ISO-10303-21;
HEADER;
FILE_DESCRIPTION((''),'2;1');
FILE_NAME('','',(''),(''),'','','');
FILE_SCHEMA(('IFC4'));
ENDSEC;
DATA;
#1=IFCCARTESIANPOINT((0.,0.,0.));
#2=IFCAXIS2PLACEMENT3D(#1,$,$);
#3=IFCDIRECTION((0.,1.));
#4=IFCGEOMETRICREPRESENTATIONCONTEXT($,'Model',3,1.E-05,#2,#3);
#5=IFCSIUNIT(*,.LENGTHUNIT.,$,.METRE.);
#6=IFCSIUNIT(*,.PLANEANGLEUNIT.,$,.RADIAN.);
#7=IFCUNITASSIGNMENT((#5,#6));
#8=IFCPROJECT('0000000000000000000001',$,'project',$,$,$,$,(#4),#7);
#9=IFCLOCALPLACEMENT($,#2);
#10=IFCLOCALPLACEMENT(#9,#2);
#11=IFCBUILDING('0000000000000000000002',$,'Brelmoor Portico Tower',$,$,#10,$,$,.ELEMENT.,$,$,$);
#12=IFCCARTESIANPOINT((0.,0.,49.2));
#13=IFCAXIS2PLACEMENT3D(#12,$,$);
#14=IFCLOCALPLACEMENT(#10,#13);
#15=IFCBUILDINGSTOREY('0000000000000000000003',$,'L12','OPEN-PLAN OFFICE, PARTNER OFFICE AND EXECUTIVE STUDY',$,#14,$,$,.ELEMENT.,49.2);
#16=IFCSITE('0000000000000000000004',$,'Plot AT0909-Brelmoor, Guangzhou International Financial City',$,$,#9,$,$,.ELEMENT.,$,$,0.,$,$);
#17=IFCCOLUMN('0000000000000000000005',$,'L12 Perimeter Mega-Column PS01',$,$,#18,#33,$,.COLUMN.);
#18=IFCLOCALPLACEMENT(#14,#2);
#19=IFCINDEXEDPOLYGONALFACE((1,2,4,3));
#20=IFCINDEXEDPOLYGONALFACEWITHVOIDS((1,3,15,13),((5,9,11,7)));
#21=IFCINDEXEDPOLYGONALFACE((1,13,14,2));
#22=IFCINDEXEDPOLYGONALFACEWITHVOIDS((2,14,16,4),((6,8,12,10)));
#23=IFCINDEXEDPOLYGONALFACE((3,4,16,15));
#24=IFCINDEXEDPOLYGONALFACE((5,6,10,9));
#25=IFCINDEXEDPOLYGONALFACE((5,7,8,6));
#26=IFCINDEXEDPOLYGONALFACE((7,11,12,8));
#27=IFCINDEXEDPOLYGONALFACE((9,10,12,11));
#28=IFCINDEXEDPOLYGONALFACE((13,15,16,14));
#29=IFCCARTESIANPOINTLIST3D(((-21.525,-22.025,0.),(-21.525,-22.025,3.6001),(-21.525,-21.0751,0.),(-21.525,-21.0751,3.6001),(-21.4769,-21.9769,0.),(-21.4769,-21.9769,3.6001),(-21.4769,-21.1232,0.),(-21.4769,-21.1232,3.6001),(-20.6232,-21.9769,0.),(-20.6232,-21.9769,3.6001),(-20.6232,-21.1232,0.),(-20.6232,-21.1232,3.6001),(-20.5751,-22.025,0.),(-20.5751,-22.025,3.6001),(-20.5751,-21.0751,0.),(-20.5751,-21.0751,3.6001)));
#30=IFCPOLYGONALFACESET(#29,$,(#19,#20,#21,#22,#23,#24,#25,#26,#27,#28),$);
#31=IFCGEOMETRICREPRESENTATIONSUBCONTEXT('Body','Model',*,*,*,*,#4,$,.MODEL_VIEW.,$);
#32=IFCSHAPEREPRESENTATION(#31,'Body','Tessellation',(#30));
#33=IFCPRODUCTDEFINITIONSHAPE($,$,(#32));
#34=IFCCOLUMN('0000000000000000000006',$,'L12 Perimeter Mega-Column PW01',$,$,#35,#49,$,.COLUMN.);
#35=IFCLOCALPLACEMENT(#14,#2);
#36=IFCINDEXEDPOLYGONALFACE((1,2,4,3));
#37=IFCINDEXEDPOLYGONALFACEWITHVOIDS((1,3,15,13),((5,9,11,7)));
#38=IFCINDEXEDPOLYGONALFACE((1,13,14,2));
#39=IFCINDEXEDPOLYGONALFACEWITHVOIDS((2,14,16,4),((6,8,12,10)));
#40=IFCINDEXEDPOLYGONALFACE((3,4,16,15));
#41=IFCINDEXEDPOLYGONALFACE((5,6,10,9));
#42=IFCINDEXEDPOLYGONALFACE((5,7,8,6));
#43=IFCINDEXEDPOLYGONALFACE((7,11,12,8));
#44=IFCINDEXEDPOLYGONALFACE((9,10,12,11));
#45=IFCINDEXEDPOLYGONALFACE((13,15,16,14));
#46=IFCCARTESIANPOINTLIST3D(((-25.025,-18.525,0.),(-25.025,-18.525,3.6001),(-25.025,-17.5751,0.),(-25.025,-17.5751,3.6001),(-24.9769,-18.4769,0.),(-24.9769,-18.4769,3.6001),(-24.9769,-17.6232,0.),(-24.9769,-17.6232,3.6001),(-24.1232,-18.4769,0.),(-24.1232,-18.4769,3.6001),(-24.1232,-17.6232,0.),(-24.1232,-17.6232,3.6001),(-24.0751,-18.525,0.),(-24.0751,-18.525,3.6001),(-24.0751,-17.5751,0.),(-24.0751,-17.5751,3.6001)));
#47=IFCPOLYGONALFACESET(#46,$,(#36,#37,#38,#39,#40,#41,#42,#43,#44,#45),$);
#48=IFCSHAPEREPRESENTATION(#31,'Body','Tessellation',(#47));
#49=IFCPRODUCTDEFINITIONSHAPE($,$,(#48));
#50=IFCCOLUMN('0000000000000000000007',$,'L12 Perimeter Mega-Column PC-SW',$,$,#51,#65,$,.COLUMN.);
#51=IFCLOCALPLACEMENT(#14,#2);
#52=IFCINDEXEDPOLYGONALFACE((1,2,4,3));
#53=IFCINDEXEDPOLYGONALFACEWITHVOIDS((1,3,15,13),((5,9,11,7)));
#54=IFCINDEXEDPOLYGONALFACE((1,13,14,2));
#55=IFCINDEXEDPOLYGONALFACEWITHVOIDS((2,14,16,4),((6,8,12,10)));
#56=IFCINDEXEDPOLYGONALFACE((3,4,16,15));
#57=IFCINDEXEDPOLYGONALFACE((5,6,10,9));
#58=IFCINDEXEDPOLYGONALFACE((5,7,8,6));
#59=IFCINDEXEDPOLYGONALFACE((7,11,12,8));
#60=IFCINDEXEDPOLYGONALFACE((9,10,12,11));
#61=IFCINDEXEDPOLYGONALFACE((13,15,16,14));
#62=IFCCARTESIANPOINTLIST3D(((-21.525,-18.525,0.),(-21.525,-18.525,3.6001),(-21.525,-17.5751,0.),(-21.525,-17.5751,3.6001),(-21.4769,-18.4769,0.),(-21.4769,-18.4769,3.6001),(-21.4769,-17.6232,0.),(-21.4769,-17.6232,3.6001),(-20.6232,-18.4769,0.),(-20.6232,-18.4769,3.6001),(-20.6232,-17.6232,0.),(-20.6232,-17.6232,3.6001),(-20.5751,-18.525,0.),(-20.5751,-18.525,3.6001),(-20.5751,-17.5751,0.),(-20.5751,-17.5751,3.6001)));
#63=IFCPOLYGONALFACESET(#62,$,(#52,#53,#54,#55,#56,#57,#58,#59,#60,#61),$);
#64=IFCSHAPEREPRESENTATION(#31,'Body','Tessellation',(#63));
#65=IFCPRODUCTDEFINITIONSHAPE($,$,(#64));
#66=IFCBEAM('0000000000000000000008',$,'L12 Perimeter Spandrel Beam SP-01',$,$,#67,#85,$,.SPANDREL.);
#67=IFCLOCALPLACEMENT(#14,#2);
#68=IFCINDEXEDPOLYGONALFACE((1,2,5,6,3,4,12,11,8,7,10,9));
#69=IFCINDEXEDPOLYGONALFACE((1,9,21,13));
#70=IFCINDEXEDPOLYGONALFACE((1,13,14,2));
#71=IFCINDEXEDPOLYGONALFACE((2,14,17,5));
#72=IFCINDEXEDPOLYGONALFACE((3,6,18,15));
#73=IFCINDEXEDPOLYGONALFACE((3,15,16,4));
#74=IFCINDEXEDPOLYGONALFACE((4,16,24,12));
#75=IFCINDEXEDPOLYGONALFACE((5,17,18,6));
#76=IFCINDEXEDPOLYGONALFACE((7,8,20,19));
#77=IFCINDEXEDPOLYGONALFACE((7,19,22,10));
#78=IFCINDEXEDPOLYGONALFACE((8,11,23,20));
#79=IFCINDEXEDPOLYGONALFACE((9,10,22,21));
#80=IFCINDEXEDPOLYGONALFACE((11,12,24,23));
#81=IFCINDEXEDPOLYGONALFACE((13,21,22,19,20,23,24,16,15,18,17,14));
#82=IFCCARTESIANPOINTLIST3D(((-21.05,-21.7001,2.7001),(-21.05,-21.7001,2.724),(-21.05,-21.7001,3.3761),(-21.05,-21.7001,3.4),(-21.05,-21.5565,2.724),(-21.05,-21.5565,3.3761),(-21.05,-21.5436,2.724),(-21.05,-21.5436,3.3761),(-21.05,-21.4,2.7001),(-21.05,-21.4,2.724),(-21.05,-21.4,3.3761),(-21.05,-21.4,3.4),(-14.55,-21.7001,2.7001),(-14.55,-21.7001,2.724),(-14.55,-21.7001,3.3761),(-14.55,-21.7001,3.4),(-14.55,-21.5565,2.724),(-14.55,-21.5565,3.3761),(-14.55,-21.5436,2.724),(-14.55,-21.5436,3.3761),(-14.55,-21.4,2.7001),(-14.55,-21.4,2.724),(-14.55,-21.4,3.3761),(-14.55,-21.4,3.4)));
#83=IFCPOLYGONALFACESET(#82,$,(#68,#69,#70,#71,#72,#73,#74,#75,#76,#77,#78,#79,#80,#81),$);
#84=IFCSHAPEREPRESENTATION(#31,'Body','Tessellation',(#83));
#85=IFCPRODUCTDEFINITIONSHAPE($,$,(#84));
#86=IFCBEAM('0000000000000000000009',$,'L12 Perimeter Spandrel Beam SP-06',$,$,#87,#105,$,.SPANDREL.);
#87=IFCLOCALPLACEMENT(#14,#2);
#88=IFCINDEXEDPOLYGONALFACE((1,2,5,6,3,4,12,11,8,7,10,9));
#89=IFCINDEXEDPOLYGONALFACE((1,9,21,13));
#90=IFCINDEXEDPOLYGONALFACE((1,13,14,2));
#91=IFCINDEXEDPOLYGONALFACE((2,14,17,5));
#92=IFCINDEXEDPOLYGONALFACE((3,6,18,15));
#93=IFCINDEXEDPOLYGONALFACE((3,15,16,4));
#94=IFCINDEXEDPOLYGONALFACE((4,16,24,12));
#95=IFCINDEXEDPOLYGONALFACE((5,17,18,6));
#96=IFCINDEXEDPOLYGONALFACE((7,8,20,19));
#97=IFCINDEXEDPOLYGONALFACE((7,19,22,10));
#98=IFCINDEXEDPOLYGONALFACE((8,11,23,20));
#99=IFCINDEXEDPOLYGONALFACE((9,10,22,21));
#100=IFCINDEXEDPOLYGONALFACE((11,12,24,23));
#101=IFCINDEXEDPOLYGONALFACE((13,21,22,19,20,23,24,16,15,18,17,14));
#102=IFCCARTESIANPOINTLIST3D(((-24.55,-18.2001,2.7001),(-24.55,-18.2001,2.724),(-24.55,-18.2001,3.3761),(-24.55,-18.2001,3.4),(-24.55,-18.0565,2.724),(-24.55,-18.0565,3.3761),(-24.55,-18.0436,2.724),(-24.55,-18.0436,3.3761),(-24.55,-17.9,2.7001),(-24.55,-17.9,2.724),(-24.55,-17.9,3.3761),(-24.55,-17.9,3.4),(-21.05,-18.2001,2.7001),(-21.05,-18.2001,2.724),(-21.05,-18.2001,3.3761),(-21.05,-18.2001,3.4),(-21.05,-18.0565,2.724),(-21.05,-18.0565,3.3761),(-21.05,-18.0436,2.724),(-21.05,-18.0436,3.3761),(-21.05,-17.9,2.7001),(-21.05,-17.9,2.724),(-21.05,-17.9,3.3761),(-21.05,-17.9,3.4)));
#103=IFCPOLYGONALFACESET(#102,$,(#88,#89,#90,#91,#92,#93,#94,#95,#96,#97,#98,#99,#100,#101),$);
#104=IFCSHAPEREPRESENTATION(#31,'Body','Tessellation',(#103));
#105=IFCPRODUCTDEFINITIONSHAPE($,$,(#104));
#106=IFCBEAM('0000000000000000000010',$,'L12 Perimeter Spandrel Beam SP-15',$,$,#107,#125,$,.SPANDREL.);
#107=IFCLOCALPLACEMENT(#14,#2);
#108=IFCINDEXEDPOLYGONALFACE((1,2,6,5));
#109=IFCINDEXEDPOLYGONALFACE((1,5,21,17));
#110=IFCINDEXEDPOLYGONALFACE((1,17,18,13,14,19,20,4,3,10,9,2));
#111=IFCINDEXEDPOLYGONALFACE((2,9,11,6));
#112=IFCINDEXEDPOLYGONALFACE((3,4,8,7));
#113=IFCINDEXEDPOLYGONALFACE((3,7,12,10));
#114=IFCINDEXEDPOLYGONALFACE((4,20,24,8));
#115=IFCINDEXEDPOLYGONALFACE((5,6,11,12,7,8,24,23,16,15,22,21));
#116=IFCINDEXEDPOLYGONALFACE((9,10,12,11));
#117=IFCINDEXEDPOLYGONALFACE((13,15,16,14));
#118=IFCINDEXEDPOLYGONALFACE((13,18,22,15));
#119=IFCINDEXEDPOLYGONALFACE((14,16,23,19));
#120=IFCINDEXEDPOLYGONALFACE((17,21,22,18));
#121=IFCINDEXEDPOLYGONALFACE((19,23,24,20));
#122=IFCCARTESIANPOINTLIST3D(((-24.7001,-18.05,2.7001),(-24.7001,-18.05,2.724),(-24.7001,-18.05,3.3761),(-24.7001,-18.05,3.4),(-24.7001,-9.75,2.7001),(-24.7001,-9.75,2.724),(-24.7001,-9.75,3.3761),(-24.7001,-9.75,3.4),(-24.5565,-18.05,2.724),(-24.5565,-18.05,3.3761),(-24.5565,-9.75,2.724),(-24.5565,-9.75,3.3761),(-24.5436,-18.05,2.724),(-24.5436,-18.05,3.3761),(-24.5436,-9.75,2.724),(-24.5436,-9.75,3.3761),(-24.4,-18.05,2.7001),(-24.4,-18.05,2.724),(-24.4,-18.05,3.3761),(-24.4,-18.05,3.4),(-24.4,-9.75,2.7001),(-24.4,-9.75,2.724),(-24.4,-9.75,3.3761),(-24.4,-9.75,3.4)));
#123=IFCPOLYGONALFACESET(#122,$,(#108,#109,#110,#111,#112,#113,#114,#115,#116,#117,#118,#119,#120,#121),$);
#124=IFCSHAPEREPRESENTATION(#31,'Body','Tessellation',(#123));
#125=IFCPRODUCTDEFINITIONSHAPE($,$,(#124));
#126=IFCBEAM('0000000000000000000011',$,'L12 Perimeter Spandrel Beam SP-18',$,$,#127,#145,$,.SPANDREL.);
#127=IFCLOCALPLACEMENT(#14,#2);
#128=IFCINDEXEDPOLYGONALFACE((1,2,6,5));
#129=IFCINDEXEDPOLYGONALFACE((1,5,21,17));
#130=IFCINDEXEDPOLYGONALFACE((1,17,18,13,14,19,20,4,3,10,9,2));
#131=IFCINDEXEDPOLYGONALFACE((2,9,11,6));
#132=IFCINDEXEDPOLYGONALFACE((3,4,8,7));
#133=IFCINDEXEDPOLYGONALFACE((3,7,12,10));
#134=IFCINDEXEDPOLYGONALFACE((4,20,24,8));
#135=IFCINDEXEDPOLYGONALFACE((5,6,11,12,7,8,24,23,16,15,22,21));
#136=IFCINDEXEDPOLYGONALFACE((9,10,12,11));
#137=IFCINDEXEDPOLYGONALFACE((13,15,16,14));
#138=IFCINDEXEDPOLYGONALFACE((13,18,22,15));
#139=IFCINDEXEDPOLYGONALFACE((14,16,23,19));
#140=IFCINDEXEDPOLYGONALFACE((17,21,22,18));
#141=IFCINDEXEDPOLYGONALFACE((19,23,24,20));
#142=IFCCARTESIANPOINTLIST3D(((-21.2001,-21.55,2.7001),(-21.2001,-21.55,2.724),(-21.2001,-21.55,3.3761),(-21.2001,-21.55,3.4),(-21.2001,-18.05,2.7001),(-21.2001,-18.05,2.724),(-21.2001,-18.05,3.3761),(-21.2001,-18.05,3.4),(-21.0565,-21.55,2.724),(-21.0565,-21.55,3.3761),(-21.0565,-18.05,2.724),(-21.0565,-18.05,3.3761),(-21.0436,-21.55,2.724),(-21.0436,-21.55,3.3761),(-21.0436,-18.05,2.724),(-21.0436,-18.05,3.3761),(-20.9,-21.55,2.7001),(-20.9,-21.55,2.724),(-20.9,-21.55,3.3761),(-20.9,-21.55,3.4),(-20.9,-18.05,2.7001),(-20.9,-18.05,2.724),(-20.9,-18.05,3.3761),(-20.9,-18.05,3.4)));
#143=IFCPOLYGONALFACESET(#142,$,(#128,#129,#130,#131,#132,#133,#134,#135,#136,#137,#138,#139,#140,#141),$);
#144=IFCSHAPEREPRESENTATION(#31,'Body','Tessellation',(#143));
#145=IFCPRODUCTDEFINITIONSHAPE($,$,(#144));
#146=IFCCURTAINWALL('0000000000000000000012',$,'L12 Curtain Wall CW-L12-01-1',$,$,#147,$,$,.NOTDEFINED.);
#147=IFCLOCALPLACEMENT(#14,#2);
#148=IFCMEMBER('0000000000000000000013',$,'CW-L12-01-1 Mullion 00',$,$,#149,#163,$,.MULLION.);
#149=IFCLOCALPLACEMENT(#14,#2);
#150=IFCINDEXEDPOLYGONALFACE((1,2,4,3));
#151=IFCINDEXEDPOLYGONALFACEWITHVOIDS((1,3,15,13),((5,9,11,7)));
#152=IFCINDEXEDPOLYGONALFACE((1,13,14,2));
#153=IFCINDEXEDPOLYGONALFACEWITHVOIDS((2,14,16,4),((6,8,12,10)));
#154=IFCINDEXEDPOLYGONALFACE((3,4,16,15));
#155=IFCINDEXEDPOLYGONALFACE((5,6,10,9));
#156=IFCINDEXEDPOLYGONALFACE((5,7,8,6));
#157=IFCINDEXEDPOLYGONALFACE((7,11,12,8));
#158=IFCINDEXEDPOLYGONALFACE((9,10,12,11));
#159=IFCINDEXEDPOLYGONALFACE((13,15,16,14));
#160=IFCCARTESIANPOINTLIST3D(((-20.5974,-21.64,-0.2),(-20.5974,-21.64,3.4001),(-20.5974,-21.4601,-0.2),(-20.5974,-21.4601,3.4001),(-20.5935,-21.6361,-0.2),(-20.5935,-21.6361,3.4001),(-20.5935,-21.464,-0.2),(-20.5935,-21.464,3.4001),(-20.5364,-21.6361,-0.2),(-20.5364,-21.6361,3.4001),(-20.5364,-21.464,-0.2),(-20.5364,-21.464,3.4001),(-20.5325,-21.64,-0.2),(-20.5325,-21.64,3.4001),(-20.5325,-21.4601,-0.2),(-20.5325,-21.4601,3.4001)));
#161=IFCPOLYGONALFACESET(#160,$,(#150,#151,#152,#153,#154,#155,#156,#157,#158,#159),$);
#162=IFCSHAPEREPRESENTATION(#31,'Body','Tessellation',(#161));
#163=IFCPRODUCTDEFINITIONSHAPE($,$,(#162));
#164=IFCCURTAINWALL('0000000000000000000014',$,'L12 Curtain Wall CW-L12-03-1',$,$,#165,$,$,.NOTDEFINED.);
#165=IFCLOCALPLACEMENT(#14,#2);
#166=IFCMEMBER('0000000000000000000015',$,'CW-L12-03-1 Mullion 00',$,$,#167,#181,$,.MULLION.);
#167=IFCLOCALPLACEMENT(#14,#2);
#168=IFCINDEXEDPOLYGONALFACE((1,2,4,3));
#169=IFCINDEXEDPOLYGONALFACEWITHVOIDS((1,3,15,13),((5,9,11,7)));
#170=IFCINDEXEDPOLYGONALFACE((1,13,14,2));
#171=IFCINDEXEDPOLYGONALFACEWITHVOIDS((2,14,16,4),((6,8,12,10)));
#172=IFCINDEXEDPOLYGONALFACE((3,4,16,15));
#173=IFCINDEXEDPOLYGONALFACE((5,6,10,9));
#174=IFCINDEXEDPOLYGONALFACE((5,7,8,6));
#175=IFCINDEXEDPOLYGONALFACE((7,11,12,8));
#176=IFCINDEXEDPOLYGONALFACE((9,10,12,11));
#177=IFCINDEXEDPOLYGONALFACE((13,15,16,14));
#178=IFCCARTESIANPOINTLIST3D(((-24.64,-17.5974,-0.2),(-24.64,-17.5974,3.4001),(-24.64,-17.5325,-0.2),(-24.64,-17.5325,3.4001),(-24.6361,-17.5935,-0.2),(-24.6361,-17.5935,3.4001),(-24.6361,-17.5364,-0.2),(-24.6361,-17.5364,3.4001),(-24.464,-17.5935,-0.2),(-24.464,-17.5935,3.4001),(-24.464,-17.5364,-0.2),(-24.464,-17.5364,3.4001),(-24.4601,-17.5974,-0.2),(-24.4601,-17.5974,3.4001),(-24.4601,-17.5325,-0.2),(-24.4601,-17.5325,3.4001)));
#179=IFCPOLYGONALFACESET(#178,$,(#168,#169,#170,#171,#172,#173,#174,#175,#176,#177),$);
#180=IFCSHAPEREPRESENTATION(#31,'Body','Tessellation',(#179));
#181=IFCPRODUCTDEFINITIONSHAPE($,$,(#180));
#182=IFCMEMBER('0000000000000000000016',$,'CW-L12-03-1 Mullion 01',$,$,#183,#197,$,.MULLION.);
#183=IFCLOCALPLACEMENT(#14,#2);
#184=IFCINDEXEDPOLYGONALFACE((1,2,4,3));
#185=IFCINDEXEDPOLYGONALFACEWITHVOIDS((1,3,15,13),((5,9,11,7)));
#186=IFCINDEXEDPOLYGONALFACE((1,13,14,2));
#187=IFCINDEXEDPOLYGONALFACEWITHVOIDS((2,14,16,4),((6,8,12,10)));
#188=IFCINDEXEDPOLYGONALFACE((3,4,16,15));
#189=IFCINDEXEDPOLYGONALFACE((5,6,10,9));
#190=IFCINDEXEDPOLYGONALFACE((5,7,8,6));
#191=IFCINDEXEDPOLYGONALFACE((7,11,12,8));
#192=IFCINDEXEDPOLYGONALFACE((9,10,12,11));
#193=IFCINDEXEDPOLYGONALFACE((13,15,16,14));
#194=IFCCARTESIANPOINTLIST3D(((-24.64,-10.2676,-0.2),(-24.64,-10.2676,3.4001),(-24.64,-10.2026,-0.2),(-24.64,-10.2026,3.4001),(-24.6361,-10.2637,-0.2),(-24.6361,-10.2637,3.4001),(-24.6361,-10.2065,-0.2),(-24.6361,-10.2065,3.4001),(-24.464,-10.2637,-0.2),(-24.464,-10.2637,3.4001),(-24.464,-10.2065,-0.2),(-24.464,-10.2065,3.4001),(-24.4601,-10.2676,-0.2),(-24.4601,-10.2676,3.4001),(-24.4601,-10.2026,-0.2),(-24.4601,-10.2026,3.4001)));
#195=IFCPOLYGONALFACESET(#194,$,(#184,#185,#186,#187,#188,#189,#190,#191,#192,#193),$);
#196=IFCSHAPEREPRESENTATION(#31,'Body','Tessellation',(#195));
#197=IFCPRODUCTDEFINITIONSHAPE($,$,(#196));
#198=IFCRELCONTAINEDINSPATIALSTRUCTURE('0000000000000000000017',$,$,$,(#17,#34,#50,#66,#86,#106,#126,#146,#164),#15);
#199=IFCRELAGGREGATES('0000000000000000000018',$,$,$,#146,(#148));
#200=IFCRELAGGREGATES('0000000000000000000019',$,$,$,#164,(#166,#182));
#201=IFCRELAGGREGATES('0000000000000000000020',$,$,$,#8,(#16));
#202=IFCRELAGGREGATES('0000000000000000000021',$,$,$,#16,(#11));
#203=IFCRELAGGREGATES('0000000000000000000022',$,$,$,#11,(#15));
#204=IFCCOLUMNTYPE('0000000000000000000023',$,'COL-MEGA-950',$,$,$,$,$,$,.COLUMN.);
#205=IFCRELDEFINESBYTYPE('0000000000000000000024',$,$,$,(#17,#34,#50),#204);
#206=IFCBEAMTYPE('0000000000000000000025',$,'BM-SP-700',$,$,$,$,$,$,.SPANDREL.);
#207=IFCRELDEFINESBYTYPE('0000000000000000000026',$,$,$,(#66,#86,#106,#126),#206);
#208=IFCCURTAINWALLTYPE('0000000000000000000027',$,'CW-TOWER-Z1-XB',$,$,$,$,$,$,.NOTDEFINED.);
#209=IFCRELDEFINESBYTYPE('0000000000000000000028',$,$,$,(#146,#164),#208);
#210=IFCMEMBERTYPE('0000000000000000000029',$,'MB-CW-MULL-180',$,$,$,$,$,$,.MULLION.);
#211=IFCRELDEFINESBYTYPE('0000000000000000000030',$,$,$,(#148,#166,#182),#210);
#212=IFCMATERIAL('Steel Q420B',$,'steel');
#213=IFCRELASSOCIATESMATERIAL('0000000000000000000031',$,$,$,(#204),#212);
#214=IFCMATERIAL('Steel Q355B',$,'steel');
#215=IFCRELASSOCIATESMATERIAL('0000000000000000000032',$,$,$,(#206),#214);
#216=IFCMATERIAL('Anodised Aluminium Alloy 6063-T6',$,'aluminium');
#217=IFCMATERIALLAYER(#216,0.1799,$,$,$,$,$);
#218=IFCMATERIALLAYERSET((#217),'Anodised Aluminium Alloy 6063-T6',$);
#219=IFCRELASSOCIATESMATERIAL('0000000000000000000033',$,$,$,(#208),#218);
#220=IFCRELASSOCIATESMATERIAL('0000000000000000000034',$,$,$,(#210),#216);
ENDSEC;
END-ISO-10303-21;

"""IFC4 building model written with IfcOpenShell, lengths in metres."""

from ifc_helpers import new_model, si_unit, direction, frame, origin, origin_2d, place, context, subcontext, project, spatial, hollow_rectangle, i_section, extrude, material, layer, layer_set, material_profile, profile_set, type_object, element, aggregate, save


model = new_model("IFC4")

# Units and contexts
model_context = context("Model", 3, precision=1e-05, world=origin(), true_north=direction((0.0, 1.0)))
body_context = subcontext(model_context, "Body", "Model", "MODEL_VIEW")
ifc_project = project(units=[si_unit("LENGTHUNIT", "METRE"), si_unit("PLANEANGLEUNIT", "RADIAN")], contexts=[model_context])

# Site, building, storey
site_placement = place(None, origin())
site = spatial("IfcSite", under=ifc_project, at=site_placement, Name="Plot AT0909-Brelmoor, Guangzhou International Financial City", CompositionType="ELEMENT", RefElevation=0.0)
building_placement = place(site_placement, origin())
building = spatial("IfcBuilding", under=site, at=building_placement, Name="Brelmoor Portico Tower", CompositionType="ELEMENT")
storey_placement = place(building_placement, frame((0.0, 0.0, 49.2)))
storey = spatial("IfcBuildingStorey", under=building, at=storey_placement, Name="L12", Description="OPEN-PLAN OFFICE, PARTNER OFFICE AND EXECUTIVE STUDY", CompositionType="ELEMENT", Elevation=49.2)

# Columns
ifc_material_1 = material(Name="Steel Q420B", Category="steel")
ifc_material_profile_1 = material_profile(ifc_material_1, hollow_rectangle(XDim=0.95, YDim=0.95, WallThickness=0.0481, at=origin_2d()), Name="BOX 950x950x48")
ifc_profile_set_1 = profile_set([ifc_material_profile_1], Name="Steel Q420B")
column_type = type_object("IfcColumnType", Name="COL-MEGA-950", PredefinedType="COLUMN", material=ifc_profile_set_1)
for number, where, z_axis, x_axis, name in (
    (1, (-21.05, -21.55, 0.0), (0.0, 0.0, 1.0), (1.0, 0.0, 0.0), "L12 Perimeter Mega-Column PS01"),
    (2, (-24.55, -18.05, 0.0), (0.0, 0.0, 1.0), (0.0, 1.0, 0.0), "L12 Perimeter Mega-Column PW01"),
    (3, (-21.05, -18.05, 0.0), (0.0, 0.0, 1.0), (1.0, 0.0, 0.0), "L12 Perimeter Mega-Column PC-SW"),
):
    element("IfcColumn", number, at=place(storey_placement, frame(where, z_axis=z_axis, x_axis=x_axis)), inside=storey, type_object=column_type, Name=name, PredefinedType="COLUMN", context=body_context, shape_type="SweptSolid", body=[
        extrude(hollow_rectangle(XDim=0.95, YDim=0.95, WallThickness=0.0481, at=origin_2d()), origin(), (0.0, 0.0, 1.0), 3.6001),
    ])

# Beams
ifc_material_2 = material(Name="Steel Q355B", Category="steel")
ifc_material_profile_2 = material_profile(ifc_material_2, i_section(OverallWidth=0.3, OverallDepth=0.7, WebThickness=0.0129, FlangeThickness=0.0239, at=origin_2d()), Name="HN 700x300x13x24")
ifc_profile_set_2 = profile_set([ifc_material_profile_2], Name="Steel Q355B")
beam_type = type_object("IfcBeamType", Name="BM-SP-700", PredefinedType="SPANDREL", material=ifc_profile_set_2)
beam_1_placement = place(storey_placement, frame((-21.05, -21.55, 3.05), z_axis=(1.0, 0.0, 0.0), x_axis=(0.0, 1.0, 0.0)))
element("IfcBeam", 4, at=beam_1_placement, inside=storey, type_object=beam_type, Name="L12 Perimeter Spandrel Beam SP-01", PredefinedType="SPANDREL", context=body_context, shape_type="SweptSolid", body=[
    extrude(i_section(OverallWidth=0.3, OverallDepth=0.7, WebThickness=0.0129, FlangeThickness=0.0239, at=origin_2d()), origin(), (0.0, 0.0, 1.0), 6.5),
])
beam_2_placement = place(storey_placement, frame((-24.55, -18.05, 3.05), z_axis=(1.0, 0.0, 0.0), x_axis=(0.0, 1.0, 0.0)))
element("IfcBeam", 5, at=beam_2_placement, inside=storey, type_object=beam_type, Name="L12 Perimeter Spandrel Beam SP-06", PredefinedType="SPANDREL", context=body_context, shape_type="SweptSolid", body=[
    extrude(i_section(OverallWidth=0.3, OverallDepth=0.7, WebThickness=0.0129, FlangeThickness=0.0239, at=origin_2d()), origin(), (0.0, 0.0, 1.0), 3.5),
])
beam_3_placement = place(storey_placement, frame((-24.55, -18.05, 3.05), z_axis=(0.0, 1.0, 0.0), x_axis=(-1.0, 0.0, 0.0)))
element("IfcBeam", 6, at=beam_3_placement, inside=storey, type_object=beam_type, Name="L12 Perimeter Spandrel Beam SP-15", PredefinedType="SPANDREL", context=body_context, shape_type="SweptSolid", body=[
    extrude(i_section(OverallWidth=0.3, OverallDepth=0.7, WebThickness=0.0129, FlangeThickness=0.0239, at=origin_2d()), origin(), (0.0, 0.0, 1.0), 8.3),
])
beam_4_placement = place(storey_placement, frame((-21.05, -21.55, 3.05), z_axis=(0.0, 1.0, 0.0), x_axis=(-1.0, 0.0, 0.0)))
element("IfcBeam", 7, at=beam_4_placement, inside=storey, type_object=beam_type, Name="L12 Perimeter Spandrel Beam SP-18", PredefinedType="SPANDREL", context=body_context, shape_type="SweptSolid", body=[
    extrude(i_section(OverallWidth=0.3, OverallDepth=0.7, WebThickness=0.0129, FlangeThickness=0.0239, at=origin_2d()), origin(), (0.0, 0.0, 1.0), 3.5),
])

# Curtain wall, member
ifc_material_3 = material(Name="Anodised Aluminium Alloy 6063-T6", Category="aluminium")
ifc_layer_1 = layer(ifc_material_3, 0.1799)
ifc_layer_set_1 = layer_set([ifc_layer_1], Name="Anodised Aluminium Alloy 6063-T6")
curtain_wall_type = type_object("IfcCurtainWallType", Name="CW-TOWER-Z1-XB", PredefinedType="NOTDEFINED", material=ifc_layer_set_1)
curtain_wall_1_placement = place(storey_placement, origin())
curtain_wall_1 = element("IfcCurtainWall", 8, at=curtain_wall_1_placement, inside=storey, type_object=curtain_wall_type, Name="L12 Curtain Wall CW-L12-01-1", PredefinedType="NOTDEFINED")
ifc_material_profile_3 = material_profile(ifc_material_3, hollow_rectangle(XDim=0.0649, YDim=0.1799, WallThickness=0.0039, at=origin_2d()), Name="ALU MULLION 65x180")
ifc_profile_set_3 = profile_set([ifc_material_profile_3], Name="Anodised Aluminium Alloy 6063-T6")
member_type_1 = type_object("IfcMemberType", Name="MB-CW-MULL-180", PredefinedType="MULLION", material=ifc_profile_set_3)
member_1_placement = place(storey_placement, frame((-20.5649, -21.55, -0.2), z_axis=(0.0, 0.0, 1.0), x_axis=(1.0, 0.0, 0.0)))
member_1 = element("IfcMember", 9, at=member_1_placement, type_object=member_type_1, Name="CW-L12-01-1 Mullion 00", PredefinedType="MULLION", context=body_context, shape_type="SweptSolid", body=[
    extrude(hollow_rectangle(XDim=0.0649, YDim=0.1799, WallThickness=0.0039, at=origin_2d()), origin(), (0.0, 0.0, 1.0), 3.6001),
])

# Curtain wall, members
curtain_wall_2_placement = place(storey_placement, origin())
curtain_wall_2 = element("IfcCurtainWall", 10, at=curtain_wall_2_placement, inside=storey, type_object=curtain_wall_type, Name="L12 Curtain Wall CW-L12-03-1", PredefinedType="NOTDEFINED")
member_2_placement = place(storey_placement, frame((-24.55, -17.5649, -0.2), z_axis=(0.0, 0.0, 1.0), x_axis=(0.0, 1.0, 0.0)))
member_2 = element("IfcMember", 11, at=member_2_placement, type_object=member_type_1, Name="CW-L12-03-1 Mullion 00", PredefinedType="MULLION", context=body_context, shape_type="SweptSolid", body=[
    extrude(hollow_rectangle(XDim=0.0649, YDim=0.1799, WallThickness=0.0039, at=origin_2d()), origin(), (0.0, 0.0, 1.0), 3.6001),
])
member_3_placement = place(storey_placement, frame((-24.55, -10.2351, -0.2), z_axis=(0.0, 0.0, 1.0), x_axis=(0.0, 1.0, 0.0)))
member_3 = element("IfcMember", 12, at=member_3_placement, type_object=member_type_1, Name="CW-L12-03-1 Mullion 01", PredefinedType="MULLION", context=body_context, shape_type="SweptSolid", body=[
    extrude(hollow_rectangle(XDim=0.0649, YDim=0.1799, WallThickness=0.0039, at=origin_2d()), origin(), (0.0, 0.0, 1.0), 3.6001),
])

aggregate(curtain_wall_1, [member_1])

aggregate(curtain_wall_2, [member_2, member_3])

save(model, "model.ifc")
